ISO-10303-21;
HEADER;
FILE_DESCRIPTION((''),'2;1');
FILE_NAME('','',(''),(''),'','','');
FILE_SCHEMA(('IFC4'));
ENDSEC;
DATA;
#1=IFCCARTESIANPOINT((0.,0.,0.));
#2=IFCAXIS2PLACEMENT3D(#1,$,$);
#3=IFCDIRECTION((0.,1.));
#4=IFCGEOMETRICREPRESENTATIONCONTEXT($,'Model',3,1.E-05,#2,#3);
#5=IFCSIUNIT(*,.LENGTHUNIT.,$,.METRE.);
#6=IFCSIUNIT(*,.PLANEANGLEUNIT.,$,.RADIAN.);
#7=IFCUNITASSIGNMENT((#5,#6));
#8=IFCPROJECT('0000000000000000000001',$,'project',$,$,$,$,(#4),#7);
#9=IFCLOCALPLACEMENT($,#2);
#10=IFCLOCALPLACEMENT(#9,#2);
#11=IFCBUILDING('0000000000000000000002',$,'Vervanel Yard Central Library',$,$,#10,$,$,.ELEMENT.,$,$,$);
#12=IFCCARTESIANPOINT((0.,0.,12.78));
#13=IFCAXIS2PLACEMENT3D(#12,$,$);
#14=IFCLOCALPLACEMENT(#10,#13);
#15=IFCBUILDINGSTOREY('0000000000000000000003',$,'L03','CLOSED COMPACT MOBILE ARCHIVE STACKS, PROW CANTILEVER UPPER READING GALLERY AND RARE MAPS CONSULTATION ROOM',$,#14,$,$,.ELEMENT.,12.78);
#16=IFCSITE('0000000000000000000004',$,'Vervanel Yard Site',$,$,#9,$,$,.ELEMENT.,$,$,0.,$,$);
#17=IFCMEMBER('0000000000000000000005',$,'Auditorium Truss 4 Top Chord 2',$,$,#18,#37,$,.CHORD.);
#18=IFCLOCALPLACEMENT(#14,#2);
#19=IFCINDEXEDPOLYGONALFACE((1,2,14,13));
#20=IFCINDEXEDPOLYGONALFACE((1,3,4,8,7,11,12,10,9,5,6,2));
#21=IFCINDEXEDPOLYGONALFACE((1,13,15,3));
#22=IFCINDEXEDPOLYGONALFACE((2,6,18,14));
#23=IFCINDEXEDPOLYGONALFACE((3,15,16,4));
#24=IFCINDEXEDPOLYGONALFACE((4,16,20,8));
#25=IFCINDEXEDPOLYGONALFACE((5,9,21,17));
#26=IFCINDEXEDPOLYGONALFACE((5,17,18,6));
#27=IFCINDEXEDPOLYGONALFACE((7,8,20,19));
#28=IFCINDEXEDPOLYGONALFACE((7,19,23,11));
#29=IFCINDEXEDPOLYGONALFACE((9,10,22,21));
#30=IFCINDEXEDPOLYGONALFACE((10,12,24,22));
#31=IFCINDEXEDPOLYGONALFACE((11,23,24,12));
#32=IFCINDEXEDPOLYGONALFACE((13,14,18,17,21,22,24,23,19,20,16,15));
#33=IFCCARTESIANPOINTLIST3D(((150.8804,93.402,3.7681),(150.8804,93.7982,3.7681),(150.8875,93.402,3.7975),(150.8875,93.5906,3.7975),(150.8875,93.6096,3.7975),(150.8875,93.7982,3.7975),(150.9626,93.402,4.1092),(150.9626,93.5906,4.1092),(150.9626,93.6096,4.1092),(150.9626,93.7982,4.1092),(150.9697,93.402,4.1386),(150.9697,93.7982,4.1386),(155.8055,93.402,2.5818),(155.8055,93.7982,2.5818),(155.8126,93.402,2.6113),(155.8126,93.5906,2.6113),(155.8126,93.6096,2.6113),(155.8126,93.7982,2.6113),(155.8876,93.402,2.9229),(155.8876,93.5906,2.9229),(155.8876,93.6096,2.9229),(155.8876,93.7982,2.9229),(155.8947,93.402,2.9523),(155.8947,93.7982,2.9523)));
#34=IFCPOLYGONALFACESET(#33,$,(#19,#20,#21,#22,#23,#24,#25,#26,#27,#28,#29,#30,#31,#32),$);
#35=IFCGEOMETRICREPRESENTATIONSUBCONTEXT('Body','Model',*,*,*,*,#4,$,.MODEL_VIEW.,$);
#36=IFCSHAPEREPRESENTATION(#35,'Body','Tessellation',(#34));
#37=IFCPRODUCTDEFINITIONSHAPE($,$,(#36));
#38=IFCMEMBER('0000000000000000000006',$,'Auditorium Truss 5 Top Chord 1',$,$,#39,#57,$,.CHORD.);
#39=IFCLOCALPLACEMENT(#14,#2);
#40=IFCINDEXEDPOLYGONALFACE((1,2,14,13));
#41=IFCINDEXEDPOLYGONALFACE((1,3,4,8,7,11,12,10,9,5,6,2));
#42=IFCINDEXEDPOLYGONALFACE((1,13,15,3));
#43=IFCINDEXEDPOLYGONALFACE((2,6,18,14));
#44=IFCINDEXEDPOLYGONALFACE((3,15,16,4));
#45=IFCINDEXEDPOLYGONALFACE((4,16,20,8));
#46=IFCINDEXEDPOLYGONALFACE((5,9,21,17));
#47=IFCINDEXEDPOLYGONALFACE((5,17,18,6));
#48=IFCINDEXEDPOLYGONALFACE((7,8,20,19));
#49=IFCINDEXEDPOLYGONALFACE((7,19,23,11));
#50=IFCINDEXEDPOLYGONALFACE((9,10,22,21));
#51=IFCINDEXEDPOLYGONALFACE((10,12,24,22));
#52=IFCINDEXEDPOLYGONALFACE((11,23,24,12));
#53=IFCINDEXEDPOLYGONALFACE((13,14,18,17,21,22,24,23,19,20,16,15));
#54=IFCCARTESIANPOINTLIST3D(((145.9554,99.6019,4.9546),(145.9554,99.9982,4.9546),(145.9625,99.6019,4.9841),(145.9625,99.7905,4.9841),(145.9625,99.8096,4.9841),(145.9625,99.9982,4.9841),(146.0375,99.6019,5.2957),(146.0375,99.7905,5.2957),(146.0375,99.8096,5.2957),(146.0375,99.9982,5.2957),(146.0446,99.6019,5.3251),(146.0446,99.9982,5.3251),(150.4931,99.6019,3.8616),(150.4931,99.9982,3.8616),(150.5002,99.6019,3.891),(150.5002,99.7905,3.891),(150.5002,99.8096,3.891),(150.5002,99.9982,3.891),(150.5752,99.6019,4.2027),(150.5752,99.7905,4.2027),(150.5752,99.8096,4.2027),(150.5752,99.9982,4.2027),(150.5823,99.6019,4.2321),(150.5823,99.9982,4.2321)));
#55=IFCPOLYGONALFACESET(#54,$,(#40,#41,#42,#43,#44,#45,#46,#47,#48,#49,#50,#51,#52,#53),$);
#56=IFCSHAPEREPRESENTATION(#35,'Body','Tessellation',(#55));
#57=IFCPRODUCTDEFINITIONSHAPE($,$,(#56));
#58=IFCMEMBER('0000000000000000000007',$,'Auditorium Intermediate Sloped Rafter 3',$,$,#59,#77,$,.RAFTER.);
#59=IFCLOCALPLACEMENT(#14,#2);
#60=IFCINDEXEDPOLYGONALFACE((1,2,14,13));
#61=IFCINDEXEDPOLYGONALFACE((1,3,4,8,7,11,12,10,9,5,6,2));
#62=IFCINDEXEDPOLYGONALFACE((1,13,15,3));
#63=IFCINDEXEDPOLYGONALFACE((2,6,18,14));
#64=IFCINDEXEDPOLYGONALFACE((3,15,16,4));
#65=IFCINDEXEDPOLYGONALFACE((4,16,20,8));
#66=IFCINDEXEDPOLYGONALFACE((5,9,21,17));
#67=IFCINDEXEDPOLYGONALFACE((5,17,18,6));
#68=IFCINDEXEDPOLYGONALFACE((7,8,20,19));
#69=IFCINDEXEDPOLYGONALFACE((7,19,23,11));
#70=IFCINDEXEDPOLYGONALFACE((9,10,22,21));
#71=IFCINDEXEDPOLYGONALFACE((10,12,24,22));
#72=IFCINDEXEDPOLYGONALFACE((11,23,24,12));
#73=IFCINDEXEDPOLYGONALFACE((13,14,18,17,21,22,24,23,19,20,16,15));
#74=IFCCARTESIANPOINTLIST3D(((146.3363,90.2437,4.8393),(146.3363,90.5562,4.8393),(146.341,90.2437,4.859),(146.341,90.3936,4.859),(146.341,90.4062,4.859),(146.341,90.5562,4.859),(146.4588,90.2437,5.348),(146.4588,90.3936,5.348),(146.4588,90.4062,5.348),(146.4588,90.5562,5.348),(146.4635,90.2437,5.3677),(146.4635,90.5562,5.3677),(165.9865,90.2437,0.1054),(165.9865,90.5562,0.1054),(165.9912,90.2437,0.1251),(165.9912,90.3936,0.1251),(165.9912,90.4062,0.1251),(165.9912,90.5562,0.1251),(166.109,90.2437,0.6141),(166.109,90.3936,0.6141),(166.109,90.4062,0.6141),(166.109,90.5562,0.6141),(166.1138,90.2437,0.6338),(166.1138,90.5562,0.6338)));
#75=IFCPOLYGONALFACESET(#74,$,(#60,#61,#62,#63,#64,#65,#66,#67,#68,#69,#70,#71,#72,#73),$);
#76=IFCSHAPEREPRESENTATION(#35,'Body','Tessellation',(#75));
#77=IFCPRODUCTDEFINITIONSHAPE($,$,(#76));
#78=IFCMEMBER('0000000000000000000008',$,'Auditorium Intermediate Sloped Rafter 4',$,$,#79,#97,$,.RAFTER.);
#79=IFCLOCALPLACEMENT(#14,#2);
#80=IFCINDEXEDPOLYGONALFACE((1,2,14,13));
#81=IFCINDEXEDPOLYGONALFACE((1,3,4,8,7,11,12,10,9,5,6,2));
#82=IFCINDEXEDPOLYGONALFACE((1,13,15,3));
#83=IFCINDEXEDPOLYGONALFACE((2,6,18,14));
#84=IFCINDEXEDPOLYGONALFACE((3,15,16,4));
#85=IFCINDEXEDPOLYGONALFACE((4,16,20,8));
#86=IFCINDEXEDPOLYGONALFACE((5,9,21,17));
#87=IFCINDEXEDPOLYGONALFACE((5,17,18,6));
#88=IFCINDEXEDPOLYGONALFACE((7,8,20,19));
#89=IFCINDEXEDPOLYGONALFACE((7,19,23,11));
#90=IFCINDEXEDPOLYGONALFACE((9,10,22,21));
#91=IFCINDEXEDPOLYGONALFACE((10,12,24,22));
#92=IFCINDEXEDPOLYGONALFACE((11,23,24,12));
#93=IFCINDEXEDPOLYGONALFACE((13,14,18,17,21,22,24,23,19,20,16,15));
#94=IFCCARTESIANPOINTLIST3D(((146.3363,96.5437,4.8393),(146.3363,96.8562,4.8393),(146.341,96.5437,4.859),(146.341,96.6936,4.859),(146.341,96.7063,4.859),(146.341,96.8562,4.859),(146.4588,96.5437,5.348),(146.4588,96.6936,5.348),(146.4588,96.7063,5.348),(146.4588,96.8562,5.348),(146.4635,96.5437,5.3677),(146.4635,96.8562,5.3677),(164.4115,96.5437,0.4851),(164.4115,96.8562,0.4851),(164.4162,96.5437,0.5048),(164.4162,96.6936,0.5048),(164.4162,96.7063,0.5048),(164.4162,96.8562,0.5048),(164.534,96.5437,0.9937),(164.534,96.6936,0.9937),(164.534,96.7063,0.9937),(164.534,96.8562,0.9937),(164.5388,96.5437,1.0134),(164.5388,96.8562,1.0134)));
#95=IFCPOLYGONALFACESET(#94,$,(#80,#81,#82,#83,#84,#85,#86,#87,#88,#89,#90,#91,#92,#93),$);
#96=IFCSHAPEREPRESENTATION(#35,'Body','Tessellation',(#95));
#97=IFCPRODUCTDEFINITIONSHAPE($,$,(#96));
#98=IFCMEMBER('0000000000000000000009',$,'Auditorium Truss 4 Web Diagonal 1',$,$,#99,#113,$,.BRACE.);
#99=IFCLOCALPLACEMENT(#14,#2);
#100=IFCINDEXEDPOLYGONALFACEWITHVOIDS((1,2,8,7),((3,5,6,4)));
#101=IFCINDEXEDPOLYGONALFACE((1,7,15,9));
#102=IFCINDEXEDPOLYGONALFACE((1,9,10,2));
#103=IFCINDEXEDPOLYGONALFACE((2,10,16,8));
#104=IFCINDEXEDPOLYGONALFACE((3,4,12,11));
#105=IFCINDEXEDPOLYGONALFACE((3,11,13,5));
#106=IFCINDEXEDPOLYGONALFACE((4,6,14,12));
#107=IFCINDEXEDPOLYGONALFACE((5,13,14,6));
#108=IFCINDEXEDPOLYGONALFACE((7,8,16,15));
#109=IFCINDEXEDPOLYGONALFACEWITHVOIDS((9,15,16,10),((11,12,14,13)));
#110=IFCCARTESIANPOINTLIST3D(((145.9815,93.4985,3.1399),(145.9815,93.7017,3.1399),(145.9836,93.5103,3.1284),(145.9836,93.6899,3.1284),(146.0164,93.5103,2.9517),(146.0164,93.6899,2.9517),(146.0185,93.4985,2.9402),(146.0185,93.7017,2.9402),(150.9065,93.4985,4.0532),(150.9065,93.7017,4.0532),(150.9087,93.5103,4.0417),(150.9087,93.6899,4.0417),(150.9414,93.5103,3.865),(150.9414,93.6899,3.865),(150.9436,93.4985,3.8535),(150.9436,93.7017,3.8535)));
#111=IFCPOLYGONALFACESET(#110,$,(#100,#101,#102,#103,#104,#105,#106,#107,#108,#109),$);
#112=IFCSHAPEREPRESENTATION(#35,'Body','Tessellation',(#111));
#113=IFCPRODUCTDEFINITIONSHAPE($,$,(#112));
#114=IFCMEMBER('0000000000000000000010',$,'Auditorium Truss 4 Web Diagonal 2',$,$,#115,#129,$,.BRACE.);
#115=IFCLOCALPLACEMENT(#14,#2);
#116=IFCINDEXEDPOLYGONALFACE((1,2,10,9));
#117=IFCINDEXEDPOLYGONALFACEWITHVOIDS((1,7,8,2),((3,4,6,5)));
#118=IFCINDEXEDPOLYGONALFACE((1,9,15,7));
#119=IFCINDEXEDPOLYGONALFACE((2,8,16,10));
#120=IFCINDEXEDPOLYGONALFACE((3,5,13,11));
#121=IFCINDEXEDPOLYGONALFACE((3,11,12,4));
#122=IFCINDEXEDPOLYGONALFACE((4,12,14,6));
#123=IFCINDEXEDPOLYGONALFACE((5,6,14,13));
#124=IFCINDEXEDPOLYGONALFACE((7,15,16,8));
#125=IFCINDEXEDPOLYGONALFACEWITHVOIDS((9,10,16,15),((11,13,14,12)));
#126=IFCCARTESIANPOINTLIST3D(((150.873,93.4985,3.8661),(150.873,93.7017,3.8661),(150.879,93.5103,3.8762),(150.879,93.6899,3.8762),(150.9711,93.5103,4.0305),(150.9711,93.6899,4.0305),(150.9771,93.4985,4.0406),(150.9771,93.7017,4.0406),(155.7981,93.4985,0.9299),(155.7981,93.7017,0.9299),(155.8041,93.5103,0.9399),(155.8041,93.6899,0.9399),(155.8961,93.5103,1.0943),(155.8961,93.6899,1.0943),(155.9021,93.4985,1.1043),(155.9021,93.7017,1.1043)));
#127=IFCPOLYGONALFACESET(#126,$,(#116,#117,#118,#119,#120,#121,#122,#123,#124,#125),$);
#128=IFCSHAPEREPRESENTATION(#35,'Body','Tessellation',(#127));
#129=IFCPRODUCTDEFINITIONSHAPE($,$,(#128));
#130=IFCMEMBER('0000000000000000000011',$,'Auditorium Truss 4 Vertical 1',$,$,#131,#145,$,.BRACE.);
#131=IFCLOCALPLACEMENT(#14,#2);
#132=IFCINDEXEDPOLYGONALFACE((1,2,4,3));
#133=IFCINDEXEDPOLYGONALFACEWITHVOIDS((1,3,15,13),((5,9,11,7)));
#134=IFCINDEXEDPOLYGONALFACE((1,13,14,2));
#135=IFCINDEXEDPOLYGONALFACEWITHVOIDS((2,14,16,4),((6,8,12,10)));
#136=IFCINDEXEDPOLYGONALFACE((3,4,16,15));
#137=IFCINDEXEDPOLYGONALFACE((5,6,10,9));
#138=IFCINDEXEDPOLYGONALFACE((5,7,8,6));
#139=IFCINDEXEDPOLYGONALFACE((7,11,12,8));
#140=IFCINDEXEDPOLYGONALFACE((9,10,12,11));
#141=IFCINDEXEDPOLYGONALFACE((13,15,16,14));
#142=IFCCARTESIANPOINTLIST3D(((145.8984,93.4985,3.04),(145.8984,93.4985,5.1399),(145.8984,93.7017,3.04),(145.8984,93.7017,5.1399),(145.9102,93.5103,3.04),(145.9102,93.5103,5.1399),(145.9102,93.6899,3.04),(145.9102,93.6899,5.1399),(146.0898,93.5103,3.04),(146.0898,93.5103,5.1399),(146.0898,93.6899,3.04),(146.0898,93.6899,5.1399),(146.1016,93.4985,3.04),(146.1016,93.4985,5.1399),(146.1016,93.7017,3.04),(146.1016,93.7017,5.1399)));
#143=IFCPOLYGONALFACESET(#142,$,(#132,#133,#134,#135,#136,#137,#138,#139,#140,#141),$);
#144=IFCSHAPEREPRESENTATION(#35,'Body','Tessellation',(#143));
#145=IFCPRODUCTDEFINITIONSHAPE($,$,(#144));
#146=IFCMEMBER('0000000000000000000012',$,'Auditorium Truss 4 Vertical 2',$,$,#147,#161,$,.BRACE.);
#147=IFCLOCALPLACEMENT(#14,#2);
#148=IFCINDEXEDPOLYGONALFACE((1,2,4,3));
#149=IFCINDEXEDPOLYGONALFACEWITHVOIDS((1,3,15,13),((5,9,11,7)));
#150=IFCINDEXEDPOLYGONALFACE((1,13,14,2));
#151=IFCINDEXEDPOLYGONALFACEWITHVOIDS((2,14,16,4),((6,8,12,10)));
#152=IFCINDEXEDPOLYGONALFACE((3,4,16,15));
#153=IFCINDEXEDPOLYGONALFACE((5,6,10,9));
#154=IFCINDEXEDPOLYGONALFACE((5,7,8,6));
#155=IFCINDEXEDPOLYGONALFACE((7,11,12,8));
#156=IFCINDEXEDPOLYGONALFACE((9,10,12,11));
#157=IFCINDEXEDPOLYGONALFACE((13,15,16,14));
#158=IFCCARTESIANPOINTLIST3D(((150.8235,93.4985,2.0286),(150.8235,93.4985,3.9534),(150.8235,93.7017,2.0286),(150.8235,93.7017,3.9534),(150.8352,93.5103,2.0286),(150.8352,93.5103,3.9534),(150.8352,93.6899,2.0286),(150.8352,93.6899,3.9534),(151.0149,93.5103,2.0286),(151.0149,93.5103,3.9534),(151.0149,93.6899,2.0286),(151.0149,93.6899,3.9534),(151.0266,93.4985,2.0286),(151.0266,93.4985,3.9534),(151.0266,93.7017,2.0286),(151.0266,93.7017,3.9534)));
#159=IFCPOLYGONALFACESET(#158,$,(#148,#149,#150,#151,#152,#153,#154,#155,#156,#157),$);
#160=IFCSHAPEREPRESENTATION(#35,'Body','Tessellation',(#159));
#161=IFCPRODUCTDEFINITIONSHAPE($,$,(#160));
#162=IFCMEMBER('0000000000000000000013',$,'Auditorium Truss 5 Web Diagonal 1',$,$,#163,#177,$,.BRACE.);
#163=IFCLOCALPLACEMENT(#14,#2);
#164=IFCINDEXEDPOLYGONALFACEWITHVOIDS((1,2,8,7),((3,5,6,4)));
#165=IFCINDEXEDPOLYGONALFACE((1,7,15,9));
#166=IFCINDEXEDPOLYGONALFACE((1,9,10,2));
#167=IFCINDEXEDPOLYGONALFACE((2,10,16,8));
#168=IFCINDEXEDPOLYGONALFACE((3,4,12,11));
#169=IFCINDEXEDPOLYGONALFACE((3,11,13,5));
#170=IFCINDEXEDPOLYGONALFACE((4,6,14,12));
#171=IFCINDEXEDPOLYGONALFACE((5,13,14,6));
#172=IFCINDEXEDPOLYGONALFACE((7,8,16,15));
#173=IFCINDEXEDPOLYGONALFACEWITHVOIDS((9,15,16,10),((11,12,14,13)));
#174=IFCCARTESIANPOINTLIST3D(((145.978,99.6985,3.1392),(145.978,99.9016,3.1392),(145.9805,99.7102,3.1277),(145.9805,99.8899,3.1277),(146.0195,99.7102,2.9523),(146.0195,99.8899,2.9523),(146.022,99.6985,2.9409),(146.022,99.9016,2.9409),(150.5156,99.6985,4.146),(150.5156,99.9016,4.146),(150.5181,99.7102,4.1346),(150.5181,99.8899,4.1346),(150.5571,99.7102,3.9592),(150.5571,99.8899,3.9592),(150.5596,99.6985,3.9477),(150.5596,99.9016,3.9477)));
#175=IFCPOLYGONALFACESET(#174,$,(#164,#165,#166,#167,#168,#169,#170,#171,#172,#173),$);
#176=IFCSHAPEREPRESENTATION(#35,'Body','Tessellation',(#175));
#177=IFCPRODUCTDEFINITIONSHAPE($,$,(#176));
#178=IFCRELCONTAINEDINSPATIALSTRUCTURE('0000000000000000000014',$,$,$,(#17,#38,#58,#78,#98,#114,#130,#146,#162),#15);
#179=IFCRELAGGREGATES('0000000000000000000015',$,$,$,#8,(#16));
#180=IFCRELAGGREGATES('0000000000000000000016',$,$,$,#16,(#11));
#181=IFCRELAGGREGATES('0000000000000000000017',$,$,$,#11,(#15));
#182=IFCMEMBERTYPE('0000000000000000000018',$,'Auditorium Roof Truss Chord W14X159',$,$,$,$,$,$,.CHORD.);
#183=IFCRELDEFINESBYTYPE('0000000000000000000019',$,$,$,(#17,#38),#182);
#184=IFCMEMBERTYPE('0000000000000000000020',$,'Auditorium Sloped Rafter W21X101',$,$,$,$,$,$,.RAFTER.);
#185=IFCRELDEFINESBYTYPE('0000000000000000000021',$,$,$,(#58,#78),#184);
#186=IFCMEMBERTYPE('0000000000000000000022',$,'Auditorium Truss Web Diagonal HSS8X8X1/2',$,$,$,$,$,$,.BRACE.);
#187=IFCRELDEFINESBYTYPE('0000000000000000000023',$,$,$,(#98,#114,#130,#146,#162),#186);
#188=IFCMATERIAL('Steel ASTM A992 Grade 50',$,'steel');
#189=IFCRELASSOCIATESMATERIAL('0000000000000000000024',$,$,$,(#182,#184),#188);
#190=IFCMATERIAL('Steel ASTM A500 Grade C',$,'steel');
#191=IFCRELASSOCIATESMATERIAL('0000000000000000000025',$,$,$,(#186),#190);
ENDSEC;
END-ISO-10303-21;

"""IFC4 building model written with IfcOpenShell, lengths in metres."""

from ifc_helpers import new_model, si_unit, direction, frame, origin, origin_2d, place, context, subcontext, project, spatial, hollow_rectangle, i_section, extrude, material, material_profile, profile_set, type_object, element, save


model = new_model("IFC4")

# Units and contexts
model_context = context("Model", 3, precision=1e-05, world=origin(), true_north=direction((0.0, 1.0)))
body_context = subcontext(model_context, "Body", "Model", "MODEL_VIEW")
ifc_project = project(units=[si_unit("LENGTHUNIT", "METRE"), si_unit("PLANEANGLEUNIT", "RADIAN")], contexts=[model_context])

# Site, building, storey
site_placement = place(None, origin())
site = spatial("IfcSite", under=ifc_project, at=site_placement, Name="Vervanel Yard Site", CompositionType="ELEMENT", RefElevation=0.0)
building_placement = place(site_placement, origin())
building = spatial("IfcBuilding", under=site, at=building_placement, Name="Vervanel Yard Central Library", CompositionType="ELEMENT")
storey_placement = place(building_placement, frame((0.0, 0.0, 12.78)))
storey = spatial("IfcBuildingStorey", under=building, at=storey_placement, Name="L03", Description="CLOSED COMPACT MOBILE ARCHIVE STACKS, PROW CANTILEVER UPPER READING GALLERY AND RARE MAPS CONSULTATION ROOM", CompositionType="ELEMENT", Elevation=12.78)

# Shared definitions
ifc_material_1 = material(Name="Steel ASTM A992 Grade 50", Category="steel")

# Members
ifc_material_profile_1 = material_profile(ifc_material_1, i_section(OverallWidth=0.3962, OverallDepth=0.3811, WebThickness=0.019, FlangeThickness=0.0303, at=origin_2d()), Name="W14X159", Category="steel")
ifc_profile_set_1 = profile_set([ifc_material_profile_1], Name="Steel ASTM A992 Grade 50")
member_type_1 = type_object("IfcMemberType", Name="Auditorium Roof Truss Chord W14X159", PredefinedType="CHORD", material=ifc_profile_set_1)
for number, where, z_axis, x_axis, name in (
    (1, (150.925, 93.6001, 3.9534), (0.972196, 0.0, -0.234169), (0.0, 1.0, 0.0), "Auditorium Truss 4 Top Chord 2"),
):
    element("IfcMember", number, at=place(storey_placement, frame(where, z_axis=z_axis, x_axis=x_axis)), inside=storey, type_object=member_type_1, Name=name, PredefinedType="CHORD", context=body_context, shape_type="SweptSolid", body=[
        extrude(i_section(OverallWidth=0.3962, OverallDepth=0.3811, WebThickness=0.019, FlangeThickness=0.0303, at=origin_2d()), origin(), (0.0, 0.0, 1.0), 5.0659),
    ])
member_1_placement = place(storey_placement, frame((146.0, 99.8, 5.1399), z_axis=(0.972193, 0.0, -0.234182), x_axis=(0.0, 1.0, 0.0)))
element("IfcMember", 2, at=member_1_placement, inside=storey, type_object=member_type_1, Name="Auditorium Truss 5 Top Chord 1", PredefinedType="CHORD", context=body_context, shape_type="SweptSolid", body=[
    extrude(i_section(OverallWidth=0.3962, OverallDepth=0.3811, WebThickness=0.019, FlangeThickness=0.0303, at=origin_2d()), origin(), (0.0, 0.0, 1.0), 4.6675),
])
ifc_material_profile_2 = material_profile(ifc_material_1, i_section(OverallWidth=0.3125, OverallDepth=0.5435, WebThickness=0.0127, FlangeThickness=0.0203, at=origin_2d()), Name="W21X101", Category="steel")
ifc_profile_set_2 = profile_set([ifc_material_profile_2], Name="Steel ASTM A992 Grade 50")
member_type_2 = type_object("IfcMemberType", Name="Auditorium Sloped Rafter W21X101", PredefinedType="RAFTER", material=ifc_profile_set_2)
member_2_placement = place(storey_placement, frame((146.3999, 90.3999, 5.1035), z_axis=(0.972187, 0.0, -0.234208), x_axis=(0.0, 1.0, 0.0)))
element("IfcMember", 3, at=member_2_placement, inside=storey, type_object=member_type_2, Name="Auditorium Intermediate Sloped Rafter 3", PredefinedType="RAFTER", context=body_context, shape_type="SweptSolid", body=[
    extrude(i_section(OverallWidth=0.3125, OverallDepth=0.5435, WebThickness=0.0127, FlangeThickness=0.0203, at=origin_2d()), origin(), (0.0, 0.0, 1.0), 20.2124),
])
member_3_placement = place(storey_placement, frame((146.3999, 96.7, 5.1035), z_axis=(0.972189, 0.0, -0.234197), x_axis=(0.0, 1.0, 0.0)))
element("IfcMember", 4, at=member_3_placement, inside=storey, type_object=member_type_2, Name="Auditorium Intermediate Sloped Rafter 4", PredefinedType="RAFTER", context=body_context, shape_type="SweptSolid", body=[
    extrude(i_section(OverallWidth=0.3125, OverallDepth=0.5435, WebThickness=0.0127, FlangeThickness=0.0203, at=origin_2d()), origin(), (0.0, 0.0, 1.0), 18.5923),
])
ifc_material_2 = material(Name="Steel ASTM A500 Grade C", Category="steel")
ifc_material_profile_3 = material_profile(ifc_material_2, hollow_rectangle(XDim=0.2031, YDim=0.2031, WallThickness=0.0117, at=origin_2d()), Name="HSS8X8X1/2", Category="steel")
ifc_profile_set_3 = profile_set([ifc_material_profile_3], Name="Steel ASTM A500 Grade C")
member_type_3 = type_object("IfcMemberType", Name="Auditorium Truss Web Diagonal HSS8X8X1/2", PredefinedType="BRACE", material=ifc_profile_set_3)
member_4_placement = place(storey_placement, frame((146.0, 93.6001, 3.04), z_axis=(0.983236, 0.0, 0.182337), x_axis=(0.0, 1.0, 0.0)))
element("IfcMember", 5, at=member_4_placement, inside=storey, type_object=member_type_3, Name="Auditorium Truss 4 Web Diagonal 1", PredefinedType="BRACE", context=body_context, shape_type="SweptSolid", body=[
    extrude(hollow_rectangle(XDim=0.2031, YDim=0.2031, WallThickness=0.0117, at=origin_2d()), origin(), (0.0, 0.0, 1.0), 5.009),
])
member_5_placement = place(storey_placement, frame((150.925, 93.6001, 3.9534), z_axis=(0.858932, 0.0, -0.512089), x_axis=(0.0, 1.0, 0.0)))
element("IfcMember", 6, at=member_5_placement, inside=storey, type_object=member_type_3, Name="Auditorium Truss 4 Web Diagonal 2", PredefinedType="BRACE", context=body_context, shape_type="SweptSolid", body=[
    extrude(hollow_rectangle(XDim=0.2031, YDim=0.2031, WallThickness=0.0117, at=origin_2d()), origin(), (0.0, 0.0, 1.0), 5.7339),
])
member_6_placement = place(storey_placement, frame((146.0, 93.6001, 3.04), z_axis=(0.0, 0.0, 1.0), x_axis=(1.0, 0.0, 0.0)))
element("IfcMember", 7, at=member_6_placement, inside=storey, type_object=member_type_3, Name="Auditorium Truss 4 Vertical 1", PredefinedType="BRACE", context=body_context, shape_type="SweptSolid", body=[
    extrude(hollow_rectangle(XDim=0.2031, YDim=0.2031, WallThickness=0.0117, at=origin_2d()), origin(), (0.0, 0.0, 1.0), 2.0999),
])
member_7_placement = place(storey_placement, frame((150.925, 93.6001, 2.0286), z_axis=(0.0, 0.0, 1.0), x_axis=(1.0, 0.0, 0.0)))
element("IfcMember", 8, at=member_7_placement, inside=storey, type_object=member_type_3, Name="Auditorium Truss 4 Vertical 2", PredefinedType="BRACE", context=body_context, shape_type="SweptSolid", body=[
    extrude(hollow_rectangle(XDim=0.2031, YDim=0.2031, WallThickness=0.0117, at=origin_2d()), origin(), (0.0, 0.0, 1.0), 1.9248),
])
member_8_placement = place(storey_placement, frame((146.0, 99.8, 3.04), z_axis=(0.976256, 0.0, 0.216619), x_axis=(0.0, 1.0, 0.0)))
element("IfcMember", 9, at=member_8_placement, inside=storey, type_object=member_type_3, Name="Auditorium Truss 5 Web Diagonal 1", PredefinedType="BRACE", context=body_context, shape_type="SweptSolid", body=[
    extrude(hollow_rectangle(XDim=0.2031, YDim=0.2031, WallThickness=0.0117, at=origin_2d()), origin(), (0.0, 0.0, 1.0), 4.6479),
])

save(model, "model.ifc")
